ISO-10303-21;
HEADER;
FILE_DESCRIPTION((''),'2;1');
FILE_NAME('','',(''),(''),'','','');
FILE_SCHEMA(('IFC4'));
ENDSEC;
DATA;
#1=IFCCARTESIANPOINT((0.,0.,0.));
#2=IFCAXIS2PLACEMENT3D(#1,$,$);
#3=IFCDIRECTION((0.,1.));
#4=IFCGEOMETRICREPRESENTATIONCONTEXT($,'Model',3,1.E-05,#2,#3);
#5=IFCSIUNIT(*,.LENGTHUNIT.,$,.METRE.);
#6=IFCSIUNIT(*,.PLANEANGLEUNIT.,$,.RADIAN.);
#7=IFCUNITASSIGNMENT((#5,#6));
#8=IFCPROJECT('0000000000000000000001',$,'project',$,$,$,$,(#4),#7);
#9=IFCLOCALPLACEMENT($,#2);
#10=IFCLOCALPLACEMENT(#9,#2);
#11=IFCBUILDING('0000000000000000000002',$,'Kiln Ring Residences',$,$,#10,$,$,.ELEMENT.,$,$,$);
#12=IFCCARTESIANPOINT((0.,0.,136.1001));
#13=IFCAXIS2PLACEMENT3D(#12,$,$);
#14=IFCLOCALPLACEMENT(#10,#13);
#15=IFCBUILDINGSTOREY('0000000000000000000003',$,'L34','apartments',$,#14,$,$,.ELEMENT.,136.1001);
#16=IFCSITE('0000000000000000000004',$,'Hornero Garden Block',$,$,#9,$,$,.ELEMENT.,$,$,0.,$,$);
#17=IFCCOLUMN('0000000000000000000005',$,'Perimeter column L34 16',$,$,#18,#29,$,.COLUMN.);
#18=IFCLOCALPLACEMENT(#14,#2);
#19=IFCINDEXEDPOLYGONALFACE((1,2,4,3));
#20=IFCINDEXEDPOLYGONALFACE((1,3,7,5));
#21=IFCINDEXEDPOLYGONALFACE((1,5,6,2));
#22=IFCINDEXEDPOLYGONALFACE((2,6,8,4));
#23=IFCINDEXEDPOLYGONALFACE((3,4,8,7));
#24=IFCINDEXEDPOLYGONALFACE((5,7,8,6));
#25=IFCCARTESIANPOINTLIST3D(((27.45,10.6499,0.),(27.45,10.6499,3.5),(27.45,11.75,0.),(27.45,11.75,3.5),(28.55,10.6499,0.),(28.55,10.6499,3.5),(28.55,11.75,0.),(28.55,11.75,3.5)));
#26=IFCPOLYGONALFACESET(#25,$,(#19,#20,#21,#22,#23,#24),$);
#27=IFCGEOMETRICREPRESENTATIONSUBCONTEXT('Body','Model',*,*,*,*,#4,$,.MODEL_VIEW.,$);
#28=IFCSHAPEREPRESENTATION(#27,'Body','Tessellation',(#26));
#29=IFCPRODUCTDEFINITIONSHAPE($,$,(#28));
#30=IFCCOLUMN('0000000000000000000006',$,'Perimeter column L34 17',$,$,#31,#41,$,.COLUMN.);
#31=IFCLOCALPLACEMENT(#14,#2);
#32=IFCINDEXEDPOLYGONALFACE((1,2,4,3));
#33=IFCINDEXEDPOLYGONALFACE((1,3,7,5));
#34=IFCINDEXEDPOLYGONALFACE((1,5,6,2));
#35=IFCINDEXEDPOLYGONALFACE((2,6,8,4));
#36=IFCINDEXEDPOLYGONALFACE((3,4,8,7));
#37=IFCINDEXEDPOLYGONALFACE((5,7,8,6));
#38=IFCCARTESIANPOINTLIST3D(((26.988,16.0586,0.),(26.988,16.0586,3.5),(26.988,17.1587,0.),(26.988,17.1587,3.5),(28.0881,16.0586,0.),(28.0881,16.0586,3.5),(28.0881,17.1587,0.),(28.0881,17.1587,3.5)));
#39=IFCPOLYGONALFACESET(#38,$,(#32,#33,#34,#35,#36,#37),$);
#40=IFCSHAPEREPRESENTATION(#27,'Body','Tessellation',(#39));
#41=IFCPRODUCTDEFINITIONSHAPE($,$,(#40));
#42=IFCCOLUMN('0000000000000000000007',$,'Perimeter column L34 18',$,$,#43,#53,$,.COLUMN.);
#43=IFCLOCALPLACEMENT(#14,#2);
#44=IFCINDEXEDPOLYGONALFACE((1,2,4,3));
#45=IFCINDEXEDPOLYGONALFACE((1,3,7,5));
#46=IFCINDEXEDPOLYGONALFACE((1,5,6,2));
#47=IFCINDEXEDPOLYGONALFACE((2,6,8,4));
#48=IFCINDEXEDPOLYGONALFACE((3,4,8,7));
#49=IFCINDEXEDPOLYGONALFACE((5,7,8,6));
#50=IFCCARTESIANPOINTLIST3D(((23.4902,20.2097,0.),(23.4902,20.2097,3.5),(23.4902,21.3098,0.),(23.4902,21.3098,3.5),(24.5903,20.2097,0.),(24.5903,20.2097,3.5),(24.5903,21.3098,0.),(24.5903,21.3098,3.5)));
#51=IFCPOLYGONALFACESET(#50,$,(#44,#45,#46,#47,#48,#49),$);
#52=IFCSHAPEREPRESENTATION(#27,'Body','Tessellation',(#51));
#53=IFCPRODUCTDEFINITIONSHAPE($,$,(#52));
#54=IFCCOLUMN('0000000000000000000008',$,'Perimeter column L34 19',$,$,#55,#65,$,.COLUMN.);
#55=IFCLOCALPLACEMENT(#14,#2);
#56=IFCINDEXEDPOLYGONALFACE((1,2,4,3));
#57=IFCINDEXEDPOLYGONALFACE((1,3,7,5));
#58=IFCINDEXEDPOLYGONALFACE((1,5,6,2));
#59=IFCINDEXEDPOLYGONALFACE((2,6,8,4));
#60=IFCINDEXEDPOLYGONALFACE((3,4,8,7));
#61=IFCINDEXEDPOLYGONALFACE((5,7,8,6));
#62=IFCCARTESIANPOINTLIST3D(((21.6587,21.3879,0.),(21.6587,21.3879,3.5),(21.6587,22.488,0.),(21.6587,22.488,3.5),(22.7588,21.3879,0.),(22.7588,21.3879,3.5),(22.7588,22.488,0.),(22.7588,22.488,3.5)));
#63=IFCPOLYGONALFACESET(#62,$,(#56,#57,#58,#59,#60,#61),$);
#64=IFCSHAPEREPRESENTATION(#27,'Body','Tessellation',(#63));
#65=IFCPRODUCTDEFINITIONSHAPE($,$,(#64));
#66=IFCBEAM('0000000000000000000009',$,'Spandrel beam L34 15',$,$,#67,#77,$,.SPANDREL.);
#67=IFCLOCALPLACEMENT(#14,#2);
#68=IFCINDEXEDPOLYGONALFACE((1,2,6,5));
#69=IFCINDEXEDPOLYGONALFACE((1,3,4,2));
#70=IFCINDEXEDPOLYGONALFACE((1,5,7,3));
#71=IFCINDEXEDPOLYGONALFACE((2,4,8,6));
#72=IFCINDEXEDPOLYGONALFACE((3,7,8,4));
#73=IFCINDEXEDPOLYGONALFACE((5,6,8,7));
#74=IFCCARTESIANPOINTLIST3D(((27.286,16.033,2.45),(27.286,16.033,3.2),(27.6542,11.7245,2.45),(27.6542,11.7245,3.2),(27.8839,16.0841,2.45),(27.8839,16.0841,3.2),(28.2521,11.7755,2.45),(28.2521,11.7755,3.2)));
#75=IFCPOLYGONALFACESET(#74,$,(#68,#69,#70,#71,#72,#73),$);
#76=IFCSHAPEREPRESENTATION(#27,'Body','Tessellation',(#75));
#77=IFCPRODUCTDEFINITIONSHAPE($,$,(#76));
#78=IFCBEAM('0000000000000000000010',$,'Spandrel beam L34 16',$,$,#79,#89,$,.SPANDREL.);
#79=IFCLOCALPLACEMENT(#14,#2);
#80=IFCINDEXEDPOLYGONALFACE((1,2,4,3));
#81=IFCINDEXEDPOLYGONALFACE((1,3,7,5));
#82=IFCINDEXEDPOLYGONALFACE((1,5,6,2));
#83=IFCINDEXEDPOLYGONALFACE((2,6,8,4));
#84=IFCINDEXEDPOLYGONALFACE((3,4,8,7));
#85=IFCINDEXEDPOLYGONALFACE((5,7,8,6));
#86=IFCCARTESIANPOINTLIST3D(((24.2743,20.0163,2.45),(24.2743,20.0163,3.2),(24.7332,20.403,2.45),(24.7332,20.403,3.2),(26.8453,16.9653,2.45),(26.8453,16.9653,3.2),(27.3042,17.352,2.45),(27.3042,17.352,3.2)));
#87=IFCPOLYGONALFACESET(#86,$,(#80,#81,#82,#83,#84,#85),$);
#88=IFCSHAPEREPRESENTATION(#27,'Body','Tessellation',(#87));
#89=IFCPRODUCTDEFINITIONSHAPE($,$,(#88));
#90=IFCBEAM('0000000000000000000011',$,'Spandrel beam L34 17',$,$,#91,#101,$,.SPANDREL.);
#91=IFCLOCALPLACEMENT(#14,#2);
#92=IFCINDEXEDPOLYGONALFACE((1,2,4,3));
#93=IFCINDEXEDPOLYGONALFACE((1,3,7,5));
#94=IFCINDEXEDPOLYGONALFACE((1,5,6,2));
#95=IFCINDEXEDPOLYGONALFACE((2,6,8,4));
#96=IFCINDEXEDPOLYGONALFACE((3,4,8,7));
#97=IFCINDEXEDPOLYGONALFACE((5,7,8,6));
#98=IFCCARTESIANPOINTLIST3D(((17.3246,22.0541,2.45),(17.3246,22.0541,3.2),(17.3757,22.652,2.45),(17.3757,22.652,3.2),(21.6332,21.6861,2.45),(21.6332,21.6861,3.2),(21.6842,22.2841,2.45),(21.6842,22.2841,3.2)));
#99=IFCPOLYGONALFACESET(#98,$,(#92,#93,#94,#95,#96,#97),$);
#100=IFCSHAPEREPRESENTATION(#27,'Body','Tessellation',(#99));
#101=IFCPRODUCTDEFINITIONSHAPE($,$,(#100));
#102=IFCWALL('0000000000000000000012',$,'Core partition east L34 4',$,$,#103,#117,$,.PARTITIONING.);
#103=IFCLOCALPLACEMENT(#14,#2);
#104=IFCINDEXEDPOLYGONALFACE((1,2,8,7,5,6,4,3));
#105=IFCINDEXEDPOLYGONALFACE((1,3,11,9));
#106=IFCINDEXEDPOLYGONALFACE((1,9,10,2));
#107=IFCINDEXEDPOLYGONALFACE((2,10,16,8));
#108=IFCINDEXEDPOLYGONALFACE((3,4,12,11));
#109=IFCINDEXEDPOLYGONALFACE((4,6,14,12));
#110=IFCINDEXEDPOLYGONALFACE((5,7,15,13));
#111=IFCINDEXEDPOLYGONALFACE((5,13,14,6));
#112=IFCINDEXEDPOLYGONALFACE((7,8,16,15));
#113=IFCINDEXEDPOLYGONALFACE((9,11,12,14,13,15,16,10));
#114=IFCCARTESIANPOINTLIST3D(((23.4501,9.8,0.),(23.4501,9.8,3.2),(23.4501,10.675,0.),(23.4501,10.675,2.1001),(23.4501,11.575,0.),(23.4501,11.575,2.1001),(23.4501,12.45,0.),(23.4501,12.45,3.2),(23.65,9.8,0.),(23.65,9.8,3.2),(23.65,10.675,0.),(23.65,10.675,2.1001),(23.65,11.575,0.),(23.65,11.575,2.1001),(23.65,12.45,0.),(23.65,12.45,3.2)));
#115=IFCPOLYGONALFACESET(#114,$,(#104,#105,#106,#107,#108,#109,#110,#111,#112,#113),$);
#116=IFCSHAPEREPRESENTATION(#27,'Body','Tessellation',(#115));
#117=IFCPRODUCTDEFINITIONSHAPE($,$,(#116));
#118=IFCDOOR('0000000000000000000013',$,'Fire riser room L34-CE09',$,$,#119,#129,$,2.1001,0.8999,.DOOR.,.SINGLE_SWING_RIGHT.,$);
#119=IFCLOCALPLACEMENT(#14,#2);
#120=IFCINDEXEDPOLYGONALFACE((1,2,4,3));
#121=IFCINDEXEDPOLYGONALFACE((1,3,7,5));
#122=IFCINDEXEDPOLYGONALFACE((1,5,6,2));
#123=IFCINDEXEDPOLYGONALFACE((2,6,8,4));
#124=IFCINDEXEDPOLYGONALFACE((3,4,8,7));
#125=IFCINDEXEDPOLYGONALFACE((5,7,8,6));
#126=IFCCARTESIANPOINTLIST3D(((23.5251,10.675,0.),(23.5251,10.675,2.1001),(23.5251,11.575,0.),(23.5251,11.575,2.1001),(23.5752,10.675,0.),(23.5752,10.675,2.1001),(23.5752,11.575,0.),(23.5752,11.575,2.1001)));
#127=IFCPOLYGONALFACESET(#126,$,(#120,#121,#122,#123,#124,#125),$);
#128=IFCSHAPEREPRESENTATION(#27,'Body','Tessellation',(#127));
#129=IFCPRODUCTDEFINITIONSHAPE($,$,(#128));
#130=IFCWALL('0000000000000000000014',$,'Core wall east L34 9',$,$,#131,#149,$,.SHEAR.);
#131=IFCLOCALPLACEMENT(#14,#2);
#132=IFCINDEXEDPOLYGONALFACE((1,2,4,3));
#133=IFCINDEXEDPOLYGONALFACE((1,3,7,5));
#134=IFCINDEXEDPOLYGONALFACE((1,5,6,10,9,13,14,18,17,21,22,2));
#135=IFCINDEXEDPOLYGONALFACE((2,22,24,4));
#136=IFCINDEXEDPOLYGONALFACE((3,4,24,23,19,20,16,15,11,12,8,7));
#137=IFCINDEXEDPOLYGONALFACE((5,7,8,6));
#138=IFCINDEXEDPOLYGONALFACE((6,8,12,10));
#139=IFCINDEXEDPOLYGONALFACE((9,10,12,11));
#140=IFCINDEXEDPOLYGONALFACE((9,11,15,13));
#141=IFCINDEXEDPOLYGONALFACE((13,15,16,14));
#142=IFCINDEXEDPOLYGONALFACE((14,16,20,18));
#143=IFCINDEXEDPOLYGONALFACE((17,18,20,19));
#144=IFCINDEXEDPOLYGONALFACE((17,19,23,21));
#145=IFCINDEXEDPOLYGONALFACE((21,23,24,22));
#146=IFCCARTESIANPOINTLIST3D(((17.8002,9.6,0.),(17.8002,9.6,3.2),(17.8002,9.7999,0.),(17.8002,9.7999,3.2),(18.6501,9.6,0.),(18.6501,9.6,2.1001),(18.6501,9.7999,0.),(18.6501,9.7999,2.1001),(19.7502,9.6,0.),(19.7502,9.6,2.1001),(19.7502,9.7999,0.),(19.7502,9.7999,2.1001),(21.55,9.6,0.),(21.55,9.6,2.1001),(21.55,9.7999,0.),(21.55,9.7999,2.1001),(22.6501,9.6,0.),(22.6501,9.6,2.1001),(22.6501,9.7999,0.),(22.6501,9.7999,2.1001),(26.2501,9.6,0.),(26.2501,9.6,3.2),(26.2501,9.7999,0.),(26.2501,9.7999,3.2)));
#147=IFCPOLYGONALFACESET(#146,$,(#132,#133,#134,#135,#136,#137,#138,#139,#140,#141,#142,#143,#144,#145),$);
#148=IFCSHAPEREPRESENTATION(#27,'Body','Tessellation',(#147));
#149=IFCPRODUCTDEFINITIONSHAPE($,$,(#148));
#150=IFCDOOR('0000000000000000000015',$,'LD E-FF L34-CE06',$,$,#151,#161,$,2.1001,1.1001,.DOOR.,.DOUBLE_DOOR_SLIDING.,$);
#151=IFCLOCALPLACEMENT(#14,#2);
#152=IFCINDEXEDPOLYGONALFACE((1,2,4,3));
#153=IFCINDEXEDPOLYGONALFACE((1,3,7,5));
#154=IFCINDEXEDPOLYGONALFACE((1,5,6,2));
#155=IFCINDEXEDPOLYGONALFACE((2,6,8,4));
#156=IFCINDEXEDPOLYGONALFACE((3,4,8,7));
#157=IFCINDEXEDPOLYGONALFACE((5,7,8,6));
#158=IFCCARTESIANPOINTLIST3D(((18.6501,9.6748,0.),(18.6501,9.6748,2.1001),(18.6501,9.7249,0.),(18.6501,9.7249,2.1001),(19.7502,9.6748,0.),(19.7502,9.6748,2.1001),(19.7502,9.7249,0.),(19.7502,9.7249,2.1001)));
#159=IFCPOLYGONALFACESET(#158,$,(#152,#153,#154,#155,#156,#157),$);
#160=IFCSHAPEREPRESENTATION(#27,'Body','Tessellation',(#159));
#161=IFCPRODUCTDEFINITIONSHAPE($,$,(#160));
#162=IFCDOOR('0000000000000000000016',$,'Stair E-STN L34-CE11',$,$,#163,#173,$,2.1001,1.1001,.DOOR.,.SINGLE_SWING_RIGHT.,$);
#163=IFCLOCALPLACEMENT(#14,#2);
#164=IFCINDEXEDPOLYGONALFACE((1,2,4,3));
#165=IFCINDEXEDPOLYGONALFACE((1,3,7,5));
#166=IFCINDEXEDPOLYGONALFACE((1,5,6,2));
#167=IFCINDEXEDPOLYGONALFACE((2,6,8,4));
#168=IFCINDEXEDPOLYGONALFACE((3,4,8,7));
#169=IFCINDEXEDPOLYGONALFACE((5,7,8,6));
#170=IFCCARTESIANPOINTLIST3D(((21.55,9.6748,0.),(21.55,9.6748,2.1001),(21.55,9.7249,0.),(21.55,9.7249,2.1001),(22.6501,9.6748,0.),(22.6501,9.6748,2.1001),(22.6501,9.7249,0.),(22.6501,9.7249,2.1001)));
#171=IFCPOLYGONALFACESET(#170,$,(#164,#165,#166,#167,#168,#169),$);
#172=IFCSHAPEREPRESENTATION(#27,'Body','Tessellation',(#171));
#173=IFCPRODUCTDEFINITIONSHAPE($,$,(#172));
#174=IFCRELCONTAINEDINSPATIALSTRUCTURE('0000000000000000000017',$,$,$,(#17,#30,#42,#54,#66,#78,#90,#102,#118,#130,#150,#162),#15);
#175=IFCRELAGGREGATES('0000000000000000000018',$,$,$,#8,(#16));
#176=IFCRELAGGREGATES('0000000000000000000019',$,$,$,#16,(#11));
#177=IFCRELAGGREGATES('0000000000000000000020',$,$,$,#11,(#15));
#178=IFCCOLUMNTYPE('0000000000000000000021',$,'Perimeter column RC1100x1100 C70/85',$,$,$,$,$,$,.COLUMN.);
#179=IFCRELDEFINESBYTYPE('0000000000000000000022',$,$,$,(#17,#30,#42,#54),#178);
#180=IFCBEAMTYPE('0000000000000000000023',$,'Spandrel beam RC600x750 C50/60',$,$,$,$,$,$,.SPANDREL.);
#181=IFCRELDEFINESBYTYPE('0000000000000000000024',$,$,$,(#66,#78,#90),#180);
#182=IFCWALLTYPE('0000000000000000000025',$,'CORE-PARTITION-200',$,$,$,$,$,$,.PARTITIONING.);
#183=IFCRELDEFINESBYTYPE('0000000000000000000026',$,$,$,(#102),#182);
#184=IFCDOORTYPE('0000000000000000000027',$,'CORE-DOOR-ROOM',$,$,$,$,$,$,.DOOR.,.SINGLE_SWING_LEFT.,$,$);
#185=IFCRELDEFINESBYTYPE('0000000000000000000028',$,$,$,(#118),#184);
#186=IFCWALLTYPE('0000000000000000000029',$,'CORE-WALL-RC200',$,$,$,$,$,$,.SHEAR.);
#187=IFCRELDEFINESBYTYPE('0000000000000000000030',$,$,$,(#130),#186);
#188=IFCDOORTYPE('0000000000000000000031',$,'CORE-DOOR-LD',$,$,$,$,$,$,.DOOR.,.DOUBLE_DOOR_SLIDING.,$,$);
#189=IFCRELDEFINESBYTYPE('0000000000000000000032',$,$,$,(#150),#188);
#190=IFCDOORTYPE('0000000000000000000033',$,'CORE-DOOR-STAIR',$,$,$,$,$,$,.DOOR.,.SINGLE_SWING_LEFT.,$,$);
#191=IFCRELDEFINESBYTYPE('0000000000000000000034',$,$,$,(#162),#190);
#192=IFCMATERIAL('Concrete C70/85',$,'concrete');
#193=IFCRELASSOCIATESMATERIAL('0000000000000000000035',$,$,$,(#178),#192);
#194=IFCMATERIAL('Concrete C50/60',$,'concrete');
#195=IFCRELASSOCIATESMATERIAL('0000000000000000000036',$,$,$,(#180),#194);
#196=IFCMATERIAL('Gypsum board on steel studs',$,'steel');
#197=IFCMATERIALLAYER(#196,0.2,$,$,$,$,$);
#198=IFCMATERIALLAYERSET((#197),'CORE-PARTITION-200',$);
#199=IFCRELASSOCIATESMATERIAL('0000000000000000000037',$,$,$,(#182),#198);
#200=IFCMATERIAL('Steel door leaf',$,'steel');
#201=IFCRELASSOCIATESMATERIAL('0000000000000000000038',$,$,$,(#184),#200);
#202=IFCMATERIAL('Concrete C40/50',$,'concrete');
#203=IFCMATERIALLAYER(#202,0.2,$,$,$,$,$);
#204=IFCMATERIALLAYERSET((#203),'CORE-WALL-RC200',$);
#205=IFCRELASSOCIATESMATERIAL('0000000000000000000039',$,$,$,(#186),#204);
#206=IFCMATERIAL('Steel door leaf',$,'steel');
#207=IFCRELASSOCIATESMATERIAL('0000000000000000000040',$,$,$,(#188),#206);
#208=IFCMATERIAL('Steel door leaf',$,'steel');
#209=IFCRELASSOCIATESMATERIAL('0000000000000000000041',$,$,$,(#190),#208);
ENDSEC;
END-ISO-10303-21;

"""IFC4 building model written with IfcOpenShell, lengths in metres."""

from ifc_helpers import new_model, si_unit, direction, frame, frame_2d, origin, origin_2d, place, context, subcontext, project, spatial, rectangle, extrude, material, layer, layer_set, material_profile, profile_set, type_object, element, fill, save


model = new_model("IFC4")

# Units and contexts
model_context = context("Model", 3, precision=1e-05, world=origin(), true_north=direction((0.0, 1.0)))
body_context = subcontext(model_context, "Body", "Model", "MODEL_VIEW")
ifc_project = project(units=[si_unit("LENGTHUNIT", "METRE"), si_unit("PLANEANGLEUNIT", "RADIAN")], contexts=[model_context])

# Site, building, storey
site_placement = place(None, origin())
site = spatial("IfcSite", under=ifc_project, at=site_placement, Name="Hornero Garden Block", CompositionType="ELEMENT", RefElevation=0.0)
building_placement = place(site_placement, origin())
building = spatial("IfcBuilding", under=site, at=building_placement, Name="Kiln Ring Residences", CompositionType="ELEMENT")
storey_placement = place(building_placement, frame((0.0, 0.0, 136.1001)))
storey = spatial("IfcBuildingStorey", under=building, at=storey_placement, Name="L34", Description="apartments", CompositionType="ELEMENT", Elevation=136.1001)

# Columns
ifc_material_1 = material(Name="Concrete C70/85", Category="concrete")
ifc_material_profile_1 = material_profile(ifc_material_1, rectangle(XDim=1.1001, YDim=1.1001, at=origin_2d()), Name="RC1100x1100")
ifc_profile_set_1 = profile_set([ifc_material_profile_1], Name="Concrete C70/85")
column_type = type_object("IfcColumnType", Name="Perimeter column RC1100x1100 C70/85", PredefinedType="COLUMN", material=ifc_profile_set_1)
for number, where, z_axis, x_axis, name in (
    (1, (28.0, 11.2, 0.0), (0.0, 0.0, 1.0), (1.0, 0.0, 0.0), "Perimeter column L34 16"),
    (2, (27.5381, 16.6086, 0.0), (0.0, 0.0, 1.0), (1.0, 0.0, 0.0), "Perimeter column L34 17"),
    (3, (24.0403, 20.7598, 0.0), (0.0, 0.0, 1.0), (1.0, 0.0, 0.0), "Perimeter column L34 18"),
    (4, (22.2087, 21.938, 0.0), (0.0, 0.0, 1.0), (1.0, 0.0, 0.0), "Perimeter column L34 19"),
):
    element("IfcColumn", number, at=place(storey_placement, frame(where, z_axis=z_axis, x_axis=x_axis)), inside=storey, type_object=column_type, Name=name, PredefinedType="COLUMN", context=body_context, shape_type="SweptSolid", body=[
        extrude(rectangle(XDim=1.1001, YDim=1.1001, at=origin_2d()), origin(), (0.0, 0.0, 1.0), 3.5),
    ])

# Beams
ifc_material_2 = material(Name="Concrete C50/60", Category="concrete")
ifc_material_profile_2 = material_profile(ifc_material_2, rectangle(XDim=0.6001, YDim=0.75, at=origin_2d()), Name="RC600x750")
ifc_profile_set_2 = profile_set([ifc_material_profile_2], Name="Concrete C50/60")
beam_type = type_object("IfcBeamType", Name="Spandrel beam RC600x750 C50/60", PredefinedType="SPANDREL", material=ifc_profile_set_2)
beam_1_placement = place(storey_placement, frame((27.9531, 11.75, 2.825), z_axis=(-0.085139, 0.996369, 0.0), x_axis=(-0.996369, -0.085139, 0.0)))
element("IfcBeam", 5, at=beam_1_placement, inside=storey, type_object=beam_type, Name="Spandrel beam L34 15", PredefinedType="SPANDREL", context=body_context, shape_type="SweptSolid", body=[
    extrude(rectangle(XDim=0.6001, YDim=0.75, at=origin_2d()), origin(), (0.0, 0.0, 1.0), 4.3242),
])
beam_2_placement = place(storey_placement, frame((27.0747, 17.1587, 2.825), z_axis=(-0.644394, 0.764694, 0.0), x_axis=(-0.764694, -0.644394, 0.0)))
element("IfcBeam", 6, at=beam_2_placement, inside=storey, type_object=beam_type, Name="Spandrel beam L34 16", PredefinedType="SPANDREL", context=body_context, shape_type="SweptSolid", body=[
    extrude(rectangle(XDim=0.6001, YDim=0.75, at=origin_2d()), origin(), (0.0, 0.0, 1.0), 3.9897),
])
beam_3_placement = place(storey_placement, frame((21.6587, 21.9851, 2.825), z_axis=(-0.996374, 0.085082, 0.0), x_axis=(-0.085082, -0.996374, 0.0)))
element("IfcBeam", 7, at=beam_3_placement, inside=storey, type_object=beam_type, Name="Spandrel beam L34 17", PredefinedType="SPANDREL", context=body_context, shape_type="SweptSolid", body=[
    extrude(rectangle(XDim=0.6001, YDim=0.75, at=origin_2d()), origin(), (0.0, 0.0, 1.0), 4.3242),
])

# Wall, opening, door
ifc_material_3 = material(Name="Gypsum board on steel studs", Category="steel")
ifc_layer_1 = layer(ifc_material_3, 0.2)
ifc_layer_set_1 = layer_set([ifc_layer_1], Name="CORE-PARTITION-200")
wall_type_1 = type_object("IfcWallType", Name="CORE-PARTITION-200", PredefinedType="PARTITIONING", material=ifc_layer_set_1)
wall_1_placement = place(storey_placement, frame((23.55, 9.8, 0.0), z_axis=(0.0, 0.0, 1.0), x_axis=(0.0, 1.0, 0.0)))
wall_1 = element("IfcWall", 8, at=wall_1_placement, inside=storey, type_object=wall_type_1, Name="Core partition east L34 4", PredefinedType="PARTITIONING", context=body_context, shape_type="SweptSolid", body=[
    extrude(rectangle(XDim=2.6499, YDim=0.2, at=frame_2d((1.325, 0.0))), origin(), (0.0, 0.0, 1.0), 3.2),
])
opening_1_placement = place(wall_1_placement, frame((0.875, 0.0, 0.0)))
opening_1 = element("IfcOpeningElement", 9, at=opening_1_placement, cuts=wall_1, PredefinedType="OPENING", context=body_context, shape_type="SweptSolid", body=[
    extrude(rectangle(XDim=0.8999, YDim=2.1001, at=frame_2d((0.45, 1.05))), frame((0.0, 0.1099, 0.0), z_axis=(0.0, -1.0, 0.0), x_axis=(1.0, 0.0, 0.0)), (0.0, 0.0, 1.0), 0.22),
])
ifc_material_4 = material(Name="Steel door leaf", Category="steel")
door_type_1 = type_object("IfcDoorType", Name="CORE-DOOR-ROOM", OperationType="SINGLE_SWING_LEFT", PredefinedType="DOOR", material=ifc_material_4)
door_1_placement = place(opening_1_placement, origin())
door_1 = element("IfcDoor", 10, at=door_1_placement, inside=storey, type_object=door_type_1, Name="Fire riser room L34-CE09", OperationType="SINGLE_SWING_RIGHT", OverallHeight=2.1001, OverallWidth=0.8999, PredefinedType="DOOR", context=body_context, shape_type="SweptSolid", body=[
    extrude(rectangle(XDim=0.8999, YDim=2.1001, at=frame_2d((0.45, 1.05))), frame((0.0, 0.0249, 0.0), z_axis=(0.0, -1.0, 0.0), x_axis=(1.0, 0.0, 0.0)), (0.0, 0.0, 1.0), 0.05),
])
fill(opening_1, door_1)

# Wall, openings, doors
ifc_material_5 = material(Name="Concrete C40/50", Category="concrete")
ifc_layer_2 = layer(ifc_material_5, 0.2)
ifc_layer_set_2 = layer_set([ifc_layer_2], Name="CORE-WALL-RC200")
wall_type_2 = type_object("IfcWallType", Name="CORE-WALL-RC200", PredefinedType="SHEAR", material=ifc_layer_set_2)
wall_2_placement = place(storey_placement, frame((17.8, 9.7, 0.0), z_axis=(0.0, 0.0, 1.0), x_axis=(1.0, 0.0, 0.0)))
wall_2 = element("IfcWall", 11, at=wall_2_placement, inside=storey, type_object=wall_type_2, Name="Core wall east L34 9", PredefinedType="SHEAR", context=body_context, shape_type="SweptSolid", body=[
    extrude(rectangle(XDim=8.45, YDim=0.2, at=frame_2d((4.2251, 0.0))), origin(), (0.0, 0.0, 1.0), 3.2),
])
opening_2_placement = place(wall_2_placement, frame((0.8501, 0.0, 0.0)))
opening_2 = element("IfcOpeningElement", 12, at=opening_2_placement, cuts=wall_2, PredefinedType="OPENING", context=body_context, shape_type="SweptSolid", body=[
    extrude(rectangle(XDim=1.1001, YDim=2.1001, at=frame_2d((0.55, 1.05))), frame((0.0, 0.1099, 0.0), z_axis=(0.0, -1.0, 0.0), x_axis=(1.0, 0.0, 0.0)), (0.0, 0.0, 1.0), 0.22),
])
opening_3_placement = place(wall_2_placement, frame((3.75, 0.0, 0.0)))
opening_3 = element("IfcOpeningElement", 13, at=opening_3_placement, cuts=wall_2, PredefinedType="OPENING", context=body_context, shape_type="SweptSolid", body=[
    extrude(rectangle(XDim=1.1001, YDim=2.1001, at=frame_2d((0.55, 1.05))), frame((0.0, 0.1099, 0.0), z_axis=(0.0, -1.0, 0.0), x_axis=(1.0, 0.0, 0.0)), (0.0, 0.0, 1.0), 0.22),
])
ifc_material_6 = material(Name="Steel door leaf", Category="steel")
door_type_2 = type_object("IfcDoorType", Name="CORE-DOOR-LD", OperationType="DOUBLE_DOOR_SLIDING", PredefinedType="DOOR", material=ifc_material_6)
door_2_placement = place(opening_2_placement, origin())
door_2 = element("IfcDoor", 14, at=door_2_placement, inside=storey, type_object=door_type_2, Name="LD E-FF L34-CE06", OperationType="DOUBLE_DOOR_SLIDING", OverallHeight=2.1001, OverallWidth=1.1001, PredefinedType="DOOR", context=body_context, shape_type="SweptSolid", body=[
    extrude(rectangle(XDim=1.1001, YDim=2.1001, at=frame_2d((0.55, 1.05))), frame((0.0, 0.0249, 0.0), z_axis=(0.0, -1.0, 0.0), x_axis=(1.0, 0.0, 0.0)), (0.0, 0.0, 1.0), 0.05),
])
fill(opening_2, door_2)
ifc_material_7 = material(Name="Steel door leaf", Category="steel")
door_type_3 = type_object("IfcDoorType", Name="CORE-DOOR-STAIR", OperationType="SINGLE_SWING_LEFT", PredefinedType="DOOR", material=ifc_material_7)
door_3_placement = place(opening_3_placement, origin())
door_3 = element("IfcDoor", 15, at=door_3_placement, inside=storey, type_object=door_type_3, Name="Stair E-STN L34-CE11", OperationType="SINGLE_SWING_RIGHT", OverallHeight=2.1001, OverallWidth=1.1001, PredefinedType="DOOR", context=body_context, shape_type="SweptSolid", body=[
    extrude(rectangle(XDim=1.1001, YDim=2.1001, at=frame_2d((0.55, 1.05))), frame((0.0, 0.0249, 0.0), z_axis=(0.0, -1.0, 0.0), x_axis=(1.0, 0.0, 0.0)), (0.0, 0.0, 1.0), 0.05),
])
fill(opening_3, door_3)

save(model, "model.ifc")
